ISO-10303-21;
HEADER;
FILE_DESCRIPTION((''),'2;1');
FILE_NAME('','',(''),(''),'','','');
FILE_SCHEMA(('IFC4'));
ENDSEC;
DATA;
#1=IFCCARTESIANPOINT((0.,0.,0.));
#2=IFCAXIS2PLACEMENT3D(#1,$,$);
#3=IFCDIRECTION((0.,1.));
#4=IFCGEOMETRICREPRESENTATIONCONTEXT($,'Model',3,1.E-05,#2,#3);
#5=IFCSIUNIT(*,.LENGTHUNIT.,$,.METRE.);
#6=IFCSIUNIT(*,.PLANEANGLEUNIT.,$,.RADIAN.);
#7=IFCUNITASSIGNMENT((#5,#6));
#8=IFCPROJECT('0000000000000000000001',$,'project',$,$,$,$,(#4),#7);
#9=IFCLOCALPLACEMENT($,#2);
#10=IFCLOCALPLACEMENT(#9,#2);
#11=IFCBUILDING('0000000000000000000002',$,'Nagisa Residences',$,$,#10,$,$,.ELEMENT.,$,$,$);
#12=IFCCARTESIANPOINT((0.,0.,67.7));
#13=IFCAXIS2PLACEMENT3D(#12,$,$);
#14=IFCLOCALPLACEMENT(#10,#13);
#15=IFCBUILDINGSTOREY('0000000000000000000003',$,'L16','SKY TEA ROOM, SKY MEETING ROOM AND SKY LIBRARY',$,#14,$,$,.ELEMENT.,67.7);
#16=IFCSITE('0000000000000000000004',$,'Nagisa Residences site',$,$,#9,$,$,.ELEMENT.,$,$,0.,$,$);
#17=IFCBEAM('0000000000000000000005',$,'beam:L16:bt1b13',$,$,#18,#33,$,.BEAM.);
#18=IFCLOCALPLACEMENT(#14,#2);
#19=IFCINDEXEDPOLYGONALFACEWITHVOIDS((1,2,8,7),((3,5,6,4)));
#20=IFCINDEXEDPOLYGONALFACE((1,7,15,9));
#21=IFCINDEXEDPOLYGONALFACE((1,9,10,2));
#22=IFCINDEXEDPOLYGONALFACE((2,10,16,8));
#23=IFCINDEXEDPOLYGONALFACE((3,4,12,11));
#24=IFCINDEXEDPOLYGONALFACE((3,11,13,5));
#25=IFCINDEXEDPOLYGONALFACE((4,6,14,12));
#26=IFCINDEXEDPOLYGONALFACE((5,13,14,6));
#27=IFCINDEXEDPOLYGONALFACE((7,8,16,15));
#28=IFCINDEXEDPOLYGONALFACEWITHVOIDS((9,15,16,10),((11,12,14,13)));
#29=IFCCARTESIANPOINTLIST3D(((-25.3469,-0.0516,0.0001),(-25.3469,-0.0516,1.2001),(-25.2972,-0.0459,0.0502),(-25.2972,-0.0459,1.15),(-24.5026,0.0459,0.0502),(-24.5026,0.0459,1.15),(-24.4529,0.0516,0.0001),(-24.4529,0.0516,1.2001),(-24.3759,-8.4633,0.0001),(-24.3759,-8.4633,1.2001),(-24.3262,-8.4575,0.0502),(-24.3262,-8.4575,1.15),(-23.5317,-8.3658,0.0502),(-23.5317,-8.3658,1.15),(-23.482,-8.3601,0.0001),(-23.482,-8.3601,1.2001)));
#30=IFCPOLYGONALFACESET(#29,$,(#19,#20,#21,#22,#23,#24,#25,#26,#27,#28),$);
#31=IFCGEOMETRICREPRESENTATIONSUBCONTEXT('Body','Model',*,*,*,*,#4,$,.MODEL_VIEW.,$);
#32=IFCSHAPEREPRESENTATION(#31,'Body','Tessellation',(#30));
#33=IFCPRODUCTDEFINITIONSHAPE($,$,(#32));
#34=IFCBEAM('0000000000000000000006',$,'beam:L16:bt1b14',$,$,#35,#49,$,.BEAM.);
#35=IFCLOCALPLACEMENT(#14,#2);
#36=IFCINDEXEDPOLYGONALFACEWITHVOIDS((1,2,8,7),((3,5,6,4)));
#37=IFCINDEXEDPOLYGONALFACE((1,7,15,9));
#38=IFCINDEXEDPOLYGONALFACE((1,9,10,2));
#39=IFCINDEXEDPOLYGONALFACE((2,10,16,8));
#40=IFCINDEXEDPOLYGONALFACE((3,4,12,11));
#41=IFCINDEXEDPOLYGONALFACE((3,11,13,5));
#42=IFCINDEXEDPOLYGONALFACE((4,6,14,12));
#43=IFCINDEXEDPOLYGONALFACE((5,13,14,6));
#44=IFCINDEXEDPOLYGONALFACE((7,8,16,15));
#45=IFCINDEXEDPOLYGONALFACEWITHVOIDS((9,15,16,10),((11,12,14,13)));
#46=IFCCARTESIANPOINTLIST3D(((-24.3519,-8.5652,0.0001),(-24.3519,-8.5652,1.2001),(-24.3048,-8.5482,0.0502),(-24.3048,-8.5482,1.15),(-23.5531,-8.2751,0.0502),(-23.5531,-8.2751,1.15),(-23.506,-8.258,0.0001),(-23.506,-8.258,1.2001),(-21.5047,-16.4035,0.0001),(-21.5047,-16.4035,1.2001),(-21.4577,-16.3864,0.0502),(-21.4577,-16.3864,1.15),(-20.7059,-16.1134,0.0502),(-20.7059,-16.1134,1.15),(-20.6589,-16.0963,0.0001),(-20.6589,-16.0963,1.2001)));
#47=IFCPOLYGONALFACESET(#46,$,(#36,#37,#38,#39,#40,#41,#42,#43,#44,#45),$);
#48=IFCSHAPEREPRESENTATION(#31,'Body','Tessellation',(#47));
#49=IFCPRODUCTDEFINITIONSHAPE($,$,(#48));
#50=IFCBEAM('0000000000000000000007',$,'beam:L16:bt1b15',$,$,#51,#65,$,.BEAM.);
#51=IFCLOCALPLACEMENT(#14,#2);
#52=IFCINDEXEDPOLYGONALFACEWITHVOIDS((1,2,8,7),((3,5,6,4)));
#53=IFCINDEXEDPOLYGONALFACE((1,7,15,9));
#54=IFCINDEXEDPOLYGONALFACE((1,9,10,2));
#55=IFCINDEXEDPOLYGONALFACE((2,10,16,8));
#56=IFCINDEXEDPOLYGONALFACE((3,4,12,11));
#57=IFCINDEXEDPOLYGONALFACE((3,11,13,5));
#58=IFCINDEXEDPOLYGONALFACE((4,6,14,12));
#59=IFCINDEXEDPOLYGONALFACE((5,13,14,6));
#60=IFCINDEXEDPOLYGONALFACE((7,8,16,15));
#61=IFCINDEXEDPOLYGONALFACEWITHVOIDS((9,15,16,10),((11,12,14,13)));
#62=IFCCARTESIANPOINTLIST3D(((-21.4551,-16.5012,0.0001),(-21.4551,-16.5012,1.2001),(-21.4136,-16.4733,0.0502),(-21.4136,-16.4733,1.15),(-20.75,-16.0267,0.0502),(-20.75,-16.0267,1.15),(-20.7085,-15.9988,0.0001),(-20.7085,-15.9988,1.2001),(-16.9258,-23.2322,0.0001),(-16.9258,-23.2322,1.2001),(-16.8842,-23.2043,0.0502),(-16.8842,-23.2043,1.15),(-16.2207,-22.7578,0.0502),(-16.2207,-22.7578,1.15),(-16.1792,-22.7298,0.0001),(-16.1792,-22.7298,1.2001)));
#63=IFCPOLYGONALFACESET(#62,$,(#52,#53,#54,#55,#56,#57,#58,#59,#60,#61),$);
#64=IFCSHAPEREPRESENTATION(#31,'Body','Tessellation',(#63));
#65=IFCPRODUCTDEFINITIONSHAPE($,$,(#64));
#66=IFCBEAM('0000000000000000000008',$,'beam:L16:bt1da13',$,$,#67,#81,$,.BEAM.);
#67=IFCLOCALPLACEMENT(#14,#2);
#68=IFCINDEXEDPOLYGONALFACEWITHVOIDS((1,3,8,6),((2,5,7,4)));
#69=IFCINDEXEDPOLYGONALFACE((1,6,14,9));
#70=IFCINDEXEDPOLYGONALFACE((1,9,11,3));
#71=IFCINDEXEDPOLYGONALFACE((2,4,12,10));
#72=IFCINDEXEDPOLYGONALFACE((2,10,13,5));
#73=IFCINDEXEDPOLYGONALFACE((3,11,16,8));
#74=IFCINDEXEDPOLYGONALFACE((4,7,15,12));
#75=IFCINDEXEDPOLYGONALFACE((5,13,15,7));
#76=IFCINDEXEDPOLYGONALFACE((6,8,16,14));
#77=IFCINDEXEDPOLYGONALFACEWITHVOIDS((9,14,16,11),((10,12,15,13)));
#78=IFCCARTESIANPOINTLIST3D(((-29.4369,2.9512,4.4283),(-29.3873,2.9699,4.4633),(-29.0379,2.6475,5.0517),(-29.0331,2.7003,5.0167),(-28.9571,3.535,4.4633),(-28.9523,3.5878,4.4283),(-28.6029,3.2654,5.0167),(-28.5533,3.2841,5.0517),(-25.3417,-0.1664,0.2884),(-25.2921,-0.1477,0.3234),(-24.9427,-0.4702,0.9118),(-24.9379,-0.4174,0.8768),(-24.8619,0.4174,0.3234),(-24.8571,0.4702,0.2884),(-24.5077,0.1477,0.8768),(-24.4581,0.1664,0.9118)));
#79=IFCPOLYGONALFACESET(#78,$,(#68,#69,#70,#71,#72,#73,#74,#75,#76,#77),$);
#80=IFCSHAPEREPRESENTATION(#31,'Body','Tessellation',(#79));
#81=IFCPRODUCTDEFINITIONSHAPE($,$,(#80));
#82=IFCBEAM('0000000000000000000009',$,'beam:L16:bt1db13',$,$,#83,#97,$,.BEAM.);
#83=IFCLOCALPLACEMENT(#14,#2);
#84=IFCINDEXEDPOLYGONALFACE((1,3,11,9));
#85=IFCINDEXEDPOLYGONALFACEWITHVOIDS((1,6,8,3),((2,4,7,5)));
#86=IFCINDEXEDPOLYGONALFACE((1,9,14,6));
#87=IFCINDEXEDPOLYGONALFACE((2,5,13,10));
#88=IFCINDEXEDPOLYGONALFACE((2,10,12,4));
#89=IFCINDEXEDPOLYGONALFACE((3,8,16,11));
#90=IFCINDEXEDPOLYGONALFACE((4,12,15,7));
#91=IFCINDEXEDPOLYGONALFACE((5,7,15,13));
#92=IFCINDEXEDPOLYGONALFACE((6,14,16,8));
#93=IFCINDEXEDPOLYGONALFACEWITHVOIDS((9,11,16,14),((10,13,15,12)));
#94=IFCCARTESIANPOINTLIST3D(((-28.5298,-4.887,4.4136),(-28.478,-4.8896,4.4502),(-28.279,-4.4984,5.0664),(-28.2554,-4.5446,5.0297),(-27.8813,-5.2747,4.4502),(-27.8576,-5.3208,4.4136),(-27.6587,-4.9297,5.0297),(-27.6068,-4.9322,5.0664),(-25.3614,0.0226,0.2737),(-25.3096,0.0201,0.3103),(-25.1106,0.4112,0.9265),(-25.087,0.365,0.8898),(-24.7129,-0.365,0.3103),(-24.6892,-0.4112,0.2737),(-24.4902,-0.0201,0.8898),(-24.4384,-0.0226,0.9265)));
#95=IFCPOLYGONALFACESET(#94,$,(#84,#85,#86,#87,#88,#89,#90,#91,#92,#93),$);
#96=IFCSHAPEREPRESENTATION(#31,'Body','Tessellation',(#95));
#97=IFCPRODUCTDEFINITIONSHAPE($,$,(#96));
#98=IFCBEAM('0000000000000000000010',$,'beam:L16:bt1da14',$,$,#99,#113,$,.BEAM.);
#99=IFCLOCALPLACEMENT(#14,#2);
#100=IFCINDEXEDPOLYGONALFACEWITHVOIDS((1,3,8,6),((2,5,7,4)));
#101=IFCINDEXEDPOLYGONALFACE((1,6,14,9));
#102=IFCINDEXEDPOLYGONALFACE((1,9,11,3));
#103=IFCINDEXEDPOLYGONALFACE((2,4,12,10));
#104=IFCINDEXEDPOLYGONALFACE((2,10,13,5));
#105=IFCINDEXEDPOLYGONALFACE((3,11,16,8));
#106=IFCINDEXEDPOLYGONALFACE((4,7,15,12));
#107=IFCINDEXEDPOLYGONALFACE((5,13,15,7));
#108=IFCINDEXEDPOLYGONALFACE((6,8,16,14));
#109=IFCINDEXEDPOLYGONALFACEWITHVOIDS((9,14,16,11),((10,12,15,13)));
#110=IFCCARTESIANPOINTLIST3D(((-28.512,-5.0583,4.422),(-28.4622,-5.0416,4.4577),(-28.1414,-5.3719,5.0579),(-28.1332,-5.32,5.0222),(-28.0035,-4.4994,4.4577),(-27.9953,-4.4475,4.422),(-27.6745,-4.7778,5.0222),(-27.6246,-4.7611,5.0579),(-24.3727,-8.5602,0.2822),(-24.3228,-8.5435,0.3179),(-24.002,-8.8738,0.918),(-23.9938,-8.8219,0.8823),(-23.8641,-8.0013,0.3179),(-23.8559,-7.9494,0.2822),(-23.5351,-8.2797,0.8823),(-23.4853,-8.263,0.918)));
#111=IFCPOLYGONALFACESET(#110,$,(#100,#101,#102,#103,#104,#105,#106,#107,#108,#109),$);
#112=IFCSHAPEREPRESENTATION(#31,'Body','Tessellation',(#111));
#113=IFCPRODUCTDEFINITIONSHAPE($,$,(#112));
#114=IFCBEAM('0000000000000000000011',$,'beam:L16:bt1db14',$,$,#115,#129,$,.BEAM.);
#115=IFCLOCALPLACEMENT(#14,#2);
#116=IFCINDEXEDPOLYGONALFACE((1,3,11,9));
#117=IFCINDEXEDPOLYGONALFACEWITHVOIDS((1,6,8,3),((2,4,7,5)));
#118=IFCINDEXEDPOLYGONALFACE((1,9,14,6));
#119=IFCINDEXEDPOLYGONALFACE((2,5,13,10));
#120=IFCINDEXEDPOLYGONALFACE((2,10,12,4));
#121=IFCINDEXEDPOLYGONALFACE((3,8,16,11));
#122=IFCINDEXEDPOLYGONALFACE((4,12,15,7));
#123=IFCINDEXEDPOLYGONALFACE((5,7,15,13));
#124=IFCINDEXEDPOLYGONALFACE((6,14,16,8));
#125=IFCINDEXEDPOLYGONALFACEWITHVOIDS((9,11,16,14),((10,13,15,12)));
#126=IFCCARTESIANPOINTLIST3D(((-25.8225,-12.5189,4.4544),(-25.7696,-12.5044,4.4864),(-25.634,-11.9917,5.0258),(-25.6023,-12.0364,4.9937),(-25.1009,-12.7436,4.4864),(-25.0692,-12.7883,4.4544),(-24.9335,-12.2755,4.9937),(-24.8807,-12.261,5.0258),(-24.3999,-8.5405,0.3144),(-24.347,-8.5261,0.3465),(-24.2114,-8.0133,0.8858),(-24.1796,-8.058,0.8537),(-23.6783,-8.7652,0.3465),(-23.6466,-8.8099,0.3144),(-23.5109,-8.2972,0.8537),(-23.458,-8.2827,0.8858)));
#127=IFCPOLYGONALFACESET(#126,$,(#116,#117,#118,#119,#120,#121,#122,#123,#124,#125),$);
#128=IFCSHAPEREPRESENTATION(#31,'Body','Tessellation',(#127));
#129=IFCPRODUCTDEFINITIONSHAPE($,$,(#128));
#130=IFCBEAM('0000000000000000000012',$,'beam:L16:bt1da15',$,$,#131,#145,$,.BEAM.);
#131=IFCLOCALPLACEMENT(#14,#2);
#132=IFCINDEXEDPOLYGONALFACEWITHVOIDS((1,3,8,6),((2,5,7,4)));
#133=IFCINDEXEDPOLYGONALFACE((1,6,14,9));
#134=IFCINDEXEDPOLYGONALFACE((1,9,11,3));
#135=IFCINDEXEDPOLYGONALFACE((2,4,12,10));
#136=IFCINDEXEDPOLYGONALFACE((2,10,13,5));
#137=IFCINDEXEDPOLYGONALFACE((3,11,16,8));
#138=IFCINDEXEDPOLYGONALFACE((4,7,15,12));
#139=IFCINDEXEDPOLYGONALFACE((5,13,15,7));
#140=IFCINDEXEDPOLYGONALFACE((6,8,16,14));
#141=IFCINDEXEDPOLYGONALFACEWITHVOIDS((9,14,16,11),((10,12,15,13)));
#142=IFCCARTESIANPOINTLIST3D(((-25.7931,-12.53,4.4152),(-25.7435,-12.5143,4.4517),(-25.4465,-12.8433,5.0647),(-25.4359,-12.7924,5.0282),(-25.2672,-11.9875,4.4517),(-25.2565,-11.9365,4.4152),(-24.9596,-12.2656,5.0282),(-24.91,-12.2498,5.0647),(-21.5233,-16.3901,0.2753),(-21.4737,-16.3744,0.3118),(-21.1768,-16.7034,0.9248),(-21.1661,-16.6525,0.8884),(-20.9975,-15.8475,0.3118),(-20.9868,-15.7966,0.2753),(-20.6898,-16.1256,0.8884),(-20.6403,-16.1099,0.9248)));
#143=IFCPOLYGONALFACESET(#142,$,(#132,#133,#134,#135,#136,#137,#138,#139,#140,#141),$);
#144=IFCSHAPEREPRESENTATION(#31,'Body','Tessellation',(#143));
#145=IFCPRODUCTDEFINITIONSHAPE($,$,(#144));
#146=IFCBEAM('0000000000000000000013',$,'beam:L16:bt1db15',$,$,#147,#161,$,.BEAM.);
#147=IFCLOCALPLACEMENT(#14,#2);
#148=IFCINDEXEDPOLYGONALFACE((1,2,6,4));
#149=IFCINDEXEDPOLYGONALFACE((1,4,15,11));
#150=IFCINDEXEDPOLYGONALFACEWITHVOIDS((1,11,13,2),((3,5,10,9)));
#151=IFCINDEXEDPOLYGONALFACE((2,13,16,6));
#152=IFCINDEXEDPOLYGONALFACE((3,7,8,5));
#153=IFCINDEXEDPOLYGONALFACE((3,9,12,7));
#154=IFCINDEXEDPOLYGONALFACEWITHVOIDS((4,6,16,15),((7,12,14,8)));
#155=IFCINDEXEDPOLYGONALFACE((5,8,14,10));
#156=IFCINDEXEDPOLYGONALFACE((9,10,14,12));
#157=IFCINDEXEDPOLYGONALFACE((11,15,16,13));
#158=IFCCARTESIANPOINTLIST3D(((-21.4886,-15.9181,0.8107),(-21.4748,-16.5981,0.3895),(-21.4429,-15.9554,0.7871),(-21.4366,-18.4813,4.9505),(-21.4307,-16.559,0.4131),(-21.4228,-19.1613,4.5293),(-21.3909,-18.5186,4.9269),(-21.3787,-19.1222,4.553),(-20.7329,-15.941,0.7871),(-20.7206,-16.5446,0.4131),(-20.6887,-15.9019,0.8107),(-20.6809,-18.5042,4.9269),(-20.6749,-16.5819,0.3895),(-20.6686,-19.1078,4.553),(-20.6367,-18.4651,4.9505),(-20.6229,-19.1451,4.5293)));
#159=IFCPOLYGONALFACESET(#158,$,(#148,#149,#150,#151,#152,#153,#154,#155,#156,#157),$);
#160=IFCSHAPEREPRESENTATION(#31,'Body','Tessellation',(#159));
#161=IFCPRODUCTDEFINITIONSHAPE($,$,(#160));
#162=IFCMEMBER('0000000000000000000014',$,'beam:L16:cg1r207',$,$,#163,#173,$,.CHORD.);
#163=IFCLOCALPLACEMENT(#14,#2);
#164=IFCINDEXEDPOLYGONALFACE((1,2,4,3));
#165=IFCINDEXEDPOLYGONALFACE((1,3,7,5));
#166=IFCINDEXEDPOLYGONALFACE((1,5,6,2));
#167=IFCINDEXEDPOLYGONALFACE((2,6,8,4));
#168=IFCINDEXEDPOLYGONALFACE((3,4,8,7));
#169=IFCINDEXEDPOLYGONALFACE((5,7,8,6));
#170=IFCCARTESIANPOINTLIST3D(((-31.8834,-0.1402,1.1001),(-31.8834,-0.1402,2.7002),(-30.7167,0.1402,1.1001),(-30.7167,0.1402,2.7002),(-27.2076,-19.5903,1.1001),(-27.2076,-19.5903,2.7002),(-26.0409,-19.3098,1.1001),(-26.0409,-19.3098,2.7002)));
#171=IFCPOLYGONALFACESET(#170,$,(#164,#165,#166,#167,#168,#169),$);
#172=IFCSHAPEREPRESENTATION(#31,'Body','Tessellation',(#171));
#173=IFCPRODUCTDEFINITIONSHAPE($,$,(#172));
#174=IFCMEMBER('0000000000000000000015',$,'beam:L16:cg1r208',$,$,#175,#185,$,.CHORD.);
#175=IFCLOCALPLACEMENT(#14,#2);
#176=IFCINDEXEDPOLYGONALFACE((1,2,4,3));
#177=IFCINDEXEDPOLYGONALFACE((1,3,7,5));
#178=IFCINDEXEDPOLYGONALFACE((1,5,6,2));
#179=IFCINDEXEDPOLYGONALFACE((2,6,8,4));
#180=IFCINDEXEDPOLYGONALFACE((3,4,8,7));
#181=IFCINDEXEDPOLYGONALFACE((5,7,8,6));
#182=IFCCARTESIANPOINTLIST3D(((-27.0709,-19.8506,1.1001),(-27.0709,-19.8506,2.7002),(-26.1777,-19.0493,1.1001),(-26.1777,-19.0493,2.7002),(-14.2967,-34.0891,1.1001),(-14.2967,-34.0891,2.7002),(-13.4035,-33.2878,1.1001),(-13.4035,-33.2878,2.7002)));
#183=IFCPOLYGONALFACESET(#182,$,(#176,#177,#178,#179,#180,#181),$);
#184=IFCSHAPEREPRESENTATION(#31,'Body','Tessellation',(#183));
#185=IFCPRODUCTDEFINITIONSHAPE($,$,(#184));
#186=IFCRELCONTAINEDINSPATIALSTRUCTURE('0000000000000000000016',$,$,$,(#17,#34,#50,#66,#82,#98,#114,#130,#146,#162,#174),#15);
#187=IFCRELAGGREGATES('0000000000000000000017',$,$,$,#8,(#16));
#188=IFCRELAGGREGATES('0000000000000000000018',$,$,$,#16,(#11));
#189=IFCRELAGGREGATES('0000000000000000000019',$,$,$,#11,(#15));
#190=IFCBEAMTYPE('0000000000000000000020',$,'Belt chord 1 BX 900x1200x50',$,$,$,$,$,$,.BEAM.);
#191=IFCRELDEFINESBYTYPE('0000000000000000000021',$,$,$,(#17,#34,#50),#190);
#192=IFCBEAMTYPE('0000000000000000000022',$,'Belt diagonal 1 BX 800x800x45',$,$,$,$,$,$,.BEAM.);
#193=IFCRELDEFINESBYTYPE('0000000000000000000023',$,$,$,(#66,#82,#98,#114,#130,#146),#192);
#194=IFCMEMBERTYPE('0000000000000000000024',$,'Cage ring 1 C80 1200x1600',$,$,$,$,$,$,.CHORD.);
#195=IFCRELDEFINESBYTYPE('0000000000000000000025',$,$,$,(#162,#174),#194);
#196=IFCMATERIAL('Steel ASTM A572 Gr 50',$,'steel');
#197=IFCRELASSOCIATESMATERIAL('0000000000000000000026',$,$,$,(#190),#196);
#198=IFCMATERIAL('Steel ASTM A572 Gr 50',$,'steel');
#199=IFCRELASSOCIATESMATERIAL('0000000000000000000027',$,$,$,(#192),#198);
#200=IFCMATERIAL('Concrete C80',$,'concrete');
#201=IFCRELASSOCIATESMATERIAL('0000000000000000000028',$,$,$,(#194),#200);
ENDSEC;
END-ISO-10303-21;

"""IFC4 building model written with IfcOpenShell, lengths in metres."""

from ifc_helpers import new_model, si_unit, direction, frame, origin, origin_2d, place, context, subcontext, project, spatial, rectangle, hollow_rectangle, extrude, material, material_profile, profile_set, type_object, element, save


model = new_model("IFC4")

# Units and contexts
model_context = context("Model", 3, precision=1e-05, world=origin(), true_north=direction((0.0, 1.0)))
body_context = subcontext(model_context, "Body", "Model", "MODEL_VIEW")
ifc_project = project(units=[si_unit("LENGTHUNIT", "METRE"), si_unit("PLANEANGLEUNIT", "RADIAN")], contexts=[model_context])

# Site, building, storey
site_placement = place(None, origin())
site = spatial("IfcSite", under=ifc_project, at=site_placement, Name="Nagisa Residences site", CompositionType="ELEMENT", RefElevation=0.0)
building_placement = place(site_placement, origin())
building = spatial("IfcBuilding", under=site, at=building_placement, Name="Nagisa Residences", CompositionType="ELEMENT")
storey_placement = place(building_placement, frame((0.0, 0.0, 67.7)))
storey = spatial("IfcBuildingStorey", under=building, at=storey_placement, Name="L16", Description="SKY TEA ROOM, SKY MEETING ROOM AND SKY LIBRARY", CompositionType="ELEMENT", Elevation=67.7)

# Beams
ifc_material_1 = material(Name="Steel ASTM A572 Gr 50", Category="steel")
ifc_material_profile_1 = material_profile(ifc_material_1, hollow_rectangle(XDim=0.8999, YDim=1.2, WallThickness=0.05, at=origin_2d()), Name="BX 900x1200x50")
ifc_profile_set_1 = profile_set([ifc_material_profile_1], Name="Steel ASTM A572 Gr 50")
beam_type_1 = type_object("IfcBeamType", Name="Belt chord 1 BX 900x1200x50", PredefinedType="BEAM", material=ifc_profile_set_1)
beam_1_placement = place(storey_placement, frame((-24.8999, 0.0, 0.6001), z_axis=(0.114668, -0.993404, 0.0), x_axis=(0.993404, 0.114668, 0.0)))
element("IfcBeam", 1, at=beam_1_placement, inside=storey, type_object=beam_type_1, Name="beam:L16:bt1b13", PredefinedType="BEAM", context=body_context, shape_type="SweptSolid", body=[
    extrude(hollow_rectangle(XDim=0.8999, YDim=1.2, WallThickness=0.05, at=origin_2d()), origin(), (0.0, 0.0, 1.0), 8.4675),
])
beam_2_placement = place(storey_placement, frame((-23.929, -8.4116, 0.6001), z_axis=(0.341409, -0.939915, 0.0), x_axis=(0.939915, 0.341409, 0.0)))
element("IfcBeam", 2, at=beam_2_placement, inside=storey, type_object=beam_type_1, Name="beam:L16:bt1b14", PredefinedType="BEAM", context=body_context, shape_type="SweptSolid", body=[
    extrude(hollow_rectangle(XDim=0.8999, YDim=1.2, WallThickness=0.05, at=origin_2d()), origin(), (0.0, 0.0, 1.0), 8.3394),
])
beam_3_placement = place(storey_placement, frame((-21.0818, -16.25, 0.6001), z_axis=(0.558278, -0.829654, 0.0), x_axis=(0.829654, 0.558278, 0.0)))
element("IfcBeam", 3, at=beam_3_placement, inside=storey, type_object=beam_type_1, Name="beam:L16:bt1b15", PredefinedType="BEAM", context=body_context, shape_type="SweptSolid", body=[
    extrude(hollow_rectangle(XDim=0.8999, YDim=1.2, WallThickness=0.05, at=origin_2d()), origin(), (0.0, 0.0, 1.0), 8.113),
])
ifc_material_2 = material(Name="Steel ASTM A572 Gr 50", Category="steel")
ifc_material_profile_2 = material_profile(ifc_material_2, hollow_rectangle(XDim=0.8, YDim=0.8, WallThickness=0.0449, at=origin_2d()), Name="BX 800x800x45")
ifc_profile_set_2 = profile_set([ifc_material_profile_2], Name="Steel ASTM A572 Gr 50")
beam_type_2 = type_object("IfcBeamType", Name="Belt diagonal 1 BX 800x800x45", PredefinedType="BEAM", material=ifc_profile_set_2)
beam_4_placement = place(storey_placement, frame((-24.8999, 0.0, 0.6001), z_axis=(-0.619993, 0.471999, 0.626757), x_axis=(-0.605737, -0.795665, 0.0)))
element("IfcBeam", 4, at=beam_4_placement, inside=storey, type_object=beam_type_2, Name="beam:L16:bt1da13", PredefinedType="BEAM", context=body_context, shape_type="SweptSolid", body=[
    extrude(hollow_rectangle(XDim=0.8, YDim=0.8, WallThickness=0.0449, at=origin_2d()), origin(), (0.0, 0.0, 1.0), 6.6052),
])
beam_5_placement = place(storey_placement, frame((-24.8999, 0.0, 0.6001), z_axis=(-0.442448, -0.685594, 0.578101), x_axis=(0.840224, -0.542239, 0.0)))
element("IfcBeam", 5, at=beam_5_placement, inside=storey, type_object=beam_type_2, Name="beam:L16:bt1db13", PredefinedType="BEAM", context=body_context, shape_type="SweptSolid", body=[
    extrude(hollow_rectangle(XDim=0.8, YDim=0.8, WallThickness=0.0449, at=origin_2d()), origin(), (0.0, 0.0, 1.0), 7.1611),
])
beam_6_placement = place(storey_placement, frame((-23.929, -8.4116, 0.6001), z_axis=(-0.60679, 0.513347, 0.606862), x_axis=(-0.645876, -0.763443, 0.0)))
element("IfcBeam", 6, at=beam_6_placement, inside=storey, type_object=beam_type_2, Name="beam:L16:bt1da14", PredefinedType="BEAM", context=body_context, shape_type="SweptSolid", body=[
    extrude(hollow_rectangle(XDim=0.8, YDim=0.8, WallThickness=0.0449, at=origin_2d()), origin(), (0.0, 0.0, 1.0), 6.8218),
])
beam_7_placement = place(storey_placement, frame((-23.929, -8.4116, 0.6001), z_axis=(-0.240502, -0.672555, 0.699878), x_axis=(0.941607, -0.336713, 0.0)))
element("IfcBeam", 7, at=beam_7_placement, inside=storey, type_object=beam_type_2, Name="beam:L16:bt1db14", PredefinedType="BEAM", context=body_context, shape_type="SweptSolid", body=[
    extrude(hollow_rectangle(XDim=0.8, YDim=0.8, WallThickness=0.0449, at=origin_2d()), origin(), (0.0, 0.0, 1.0), 5.9153),
])
beam_8_placement = place(storey_placement, frame((-21.0818, -16.25, 0.6001), z_axis=(-0.602213, 0.544433, 0.583894), x_axis=(-0.670625, -0.741797, 0.0)))
element("IfcBeam", 8, at=beam_8_placement, inside=storey, type_object=beam_type_2, Name="beam:L16:bt1da15", PredefinedType="BEAM", context=body_context, shape_type="SweptSolid", body=[
    extrude(hollow_rectangle(XDim=0.8, YDim=0.8, WallThickness=0.0449, at=origin_2d()), origin(), (0.0, 0.0, 1.0), 7.0901),
])
beam_9_placement = place(storey_placement, frame((-21.0818, -16.25, 0.6001), z_axis=(0.010679, -0.52639, 0.850176), x_axis=(0.999794, 0.020283, 0.0)))
element("IfcBeam", 9, at=beam_9_placement, inside=storey, type_object=beam_type_2, Name="beam:L16:bt1db15", PredefinedType="BEAM", context=body_context, shape_type="SweptSolid", body=[
    extrude(hollow_rectangle(XDim=0.8, YDim=0.8, WallThickness=0.0449, at=origin_2d()), origin(), (0.0, 0.0, 1.0), 4.8694),
])

# Members
ifc_material_3 = material(Name="Concrete C80", Category="concrete")
ifc_material_profile_3 = material_profile(ifc_material_3, rectangle(XDim=1.2, YDim=1.6001, at=origin_2d()), Name="C80 1200x1600")
ifc_profile_set_3 = profile_set([ifc_material_profile_3], Name="Concrete C80")
member_type_1 = type_object("IfcMemberType", Name="Cage ring 1 C80 1200x1600", PredefinedType="CHORD", material=ifc_profile_set_3)
member_1_placement = place(storey_placement, frame((-31.3, 0.0, 1.9001), z_axis=(0.233741, -0.972299, 0.0), x_axis=(0.972299, 0.233741, 0.0)))
element("IfcMember", 10, at=member_1_placement, inside=storey, type_object=member_type_1, Name="beam:L16:cg1r207", PredefinedType="CHORD", context=body_context, shape_type="SweptSolid", body=[
    extrude(rectangle(XDim=1.2, YDim=1.6001, at=origin_2d()), origin(), (0.0, 0.0, 1.0), 20.0042),
])
member_2_placement = place(storey_placement, frame((-26.6243, -19.45, 1.9001), z_axis=(0.667794, -0.744346, 0.0), x_axis=(0.744346, 0.667794, 0.0)))
element("IfcMember", 11, at=member_2_placement, inside=storey, type_object=member_type_1, Name="beam:L16:cg1r208", PredefinedType="CHORD", context=body_context, shape_type="SweptSolid", body=[
    extrude(rectangle(XDim=1.2, YDim=1.6001, at=origin_2d()), origin(), (0.0, 0.0, 1.0), 19.1289),
])

save(model, "model.ifc")
